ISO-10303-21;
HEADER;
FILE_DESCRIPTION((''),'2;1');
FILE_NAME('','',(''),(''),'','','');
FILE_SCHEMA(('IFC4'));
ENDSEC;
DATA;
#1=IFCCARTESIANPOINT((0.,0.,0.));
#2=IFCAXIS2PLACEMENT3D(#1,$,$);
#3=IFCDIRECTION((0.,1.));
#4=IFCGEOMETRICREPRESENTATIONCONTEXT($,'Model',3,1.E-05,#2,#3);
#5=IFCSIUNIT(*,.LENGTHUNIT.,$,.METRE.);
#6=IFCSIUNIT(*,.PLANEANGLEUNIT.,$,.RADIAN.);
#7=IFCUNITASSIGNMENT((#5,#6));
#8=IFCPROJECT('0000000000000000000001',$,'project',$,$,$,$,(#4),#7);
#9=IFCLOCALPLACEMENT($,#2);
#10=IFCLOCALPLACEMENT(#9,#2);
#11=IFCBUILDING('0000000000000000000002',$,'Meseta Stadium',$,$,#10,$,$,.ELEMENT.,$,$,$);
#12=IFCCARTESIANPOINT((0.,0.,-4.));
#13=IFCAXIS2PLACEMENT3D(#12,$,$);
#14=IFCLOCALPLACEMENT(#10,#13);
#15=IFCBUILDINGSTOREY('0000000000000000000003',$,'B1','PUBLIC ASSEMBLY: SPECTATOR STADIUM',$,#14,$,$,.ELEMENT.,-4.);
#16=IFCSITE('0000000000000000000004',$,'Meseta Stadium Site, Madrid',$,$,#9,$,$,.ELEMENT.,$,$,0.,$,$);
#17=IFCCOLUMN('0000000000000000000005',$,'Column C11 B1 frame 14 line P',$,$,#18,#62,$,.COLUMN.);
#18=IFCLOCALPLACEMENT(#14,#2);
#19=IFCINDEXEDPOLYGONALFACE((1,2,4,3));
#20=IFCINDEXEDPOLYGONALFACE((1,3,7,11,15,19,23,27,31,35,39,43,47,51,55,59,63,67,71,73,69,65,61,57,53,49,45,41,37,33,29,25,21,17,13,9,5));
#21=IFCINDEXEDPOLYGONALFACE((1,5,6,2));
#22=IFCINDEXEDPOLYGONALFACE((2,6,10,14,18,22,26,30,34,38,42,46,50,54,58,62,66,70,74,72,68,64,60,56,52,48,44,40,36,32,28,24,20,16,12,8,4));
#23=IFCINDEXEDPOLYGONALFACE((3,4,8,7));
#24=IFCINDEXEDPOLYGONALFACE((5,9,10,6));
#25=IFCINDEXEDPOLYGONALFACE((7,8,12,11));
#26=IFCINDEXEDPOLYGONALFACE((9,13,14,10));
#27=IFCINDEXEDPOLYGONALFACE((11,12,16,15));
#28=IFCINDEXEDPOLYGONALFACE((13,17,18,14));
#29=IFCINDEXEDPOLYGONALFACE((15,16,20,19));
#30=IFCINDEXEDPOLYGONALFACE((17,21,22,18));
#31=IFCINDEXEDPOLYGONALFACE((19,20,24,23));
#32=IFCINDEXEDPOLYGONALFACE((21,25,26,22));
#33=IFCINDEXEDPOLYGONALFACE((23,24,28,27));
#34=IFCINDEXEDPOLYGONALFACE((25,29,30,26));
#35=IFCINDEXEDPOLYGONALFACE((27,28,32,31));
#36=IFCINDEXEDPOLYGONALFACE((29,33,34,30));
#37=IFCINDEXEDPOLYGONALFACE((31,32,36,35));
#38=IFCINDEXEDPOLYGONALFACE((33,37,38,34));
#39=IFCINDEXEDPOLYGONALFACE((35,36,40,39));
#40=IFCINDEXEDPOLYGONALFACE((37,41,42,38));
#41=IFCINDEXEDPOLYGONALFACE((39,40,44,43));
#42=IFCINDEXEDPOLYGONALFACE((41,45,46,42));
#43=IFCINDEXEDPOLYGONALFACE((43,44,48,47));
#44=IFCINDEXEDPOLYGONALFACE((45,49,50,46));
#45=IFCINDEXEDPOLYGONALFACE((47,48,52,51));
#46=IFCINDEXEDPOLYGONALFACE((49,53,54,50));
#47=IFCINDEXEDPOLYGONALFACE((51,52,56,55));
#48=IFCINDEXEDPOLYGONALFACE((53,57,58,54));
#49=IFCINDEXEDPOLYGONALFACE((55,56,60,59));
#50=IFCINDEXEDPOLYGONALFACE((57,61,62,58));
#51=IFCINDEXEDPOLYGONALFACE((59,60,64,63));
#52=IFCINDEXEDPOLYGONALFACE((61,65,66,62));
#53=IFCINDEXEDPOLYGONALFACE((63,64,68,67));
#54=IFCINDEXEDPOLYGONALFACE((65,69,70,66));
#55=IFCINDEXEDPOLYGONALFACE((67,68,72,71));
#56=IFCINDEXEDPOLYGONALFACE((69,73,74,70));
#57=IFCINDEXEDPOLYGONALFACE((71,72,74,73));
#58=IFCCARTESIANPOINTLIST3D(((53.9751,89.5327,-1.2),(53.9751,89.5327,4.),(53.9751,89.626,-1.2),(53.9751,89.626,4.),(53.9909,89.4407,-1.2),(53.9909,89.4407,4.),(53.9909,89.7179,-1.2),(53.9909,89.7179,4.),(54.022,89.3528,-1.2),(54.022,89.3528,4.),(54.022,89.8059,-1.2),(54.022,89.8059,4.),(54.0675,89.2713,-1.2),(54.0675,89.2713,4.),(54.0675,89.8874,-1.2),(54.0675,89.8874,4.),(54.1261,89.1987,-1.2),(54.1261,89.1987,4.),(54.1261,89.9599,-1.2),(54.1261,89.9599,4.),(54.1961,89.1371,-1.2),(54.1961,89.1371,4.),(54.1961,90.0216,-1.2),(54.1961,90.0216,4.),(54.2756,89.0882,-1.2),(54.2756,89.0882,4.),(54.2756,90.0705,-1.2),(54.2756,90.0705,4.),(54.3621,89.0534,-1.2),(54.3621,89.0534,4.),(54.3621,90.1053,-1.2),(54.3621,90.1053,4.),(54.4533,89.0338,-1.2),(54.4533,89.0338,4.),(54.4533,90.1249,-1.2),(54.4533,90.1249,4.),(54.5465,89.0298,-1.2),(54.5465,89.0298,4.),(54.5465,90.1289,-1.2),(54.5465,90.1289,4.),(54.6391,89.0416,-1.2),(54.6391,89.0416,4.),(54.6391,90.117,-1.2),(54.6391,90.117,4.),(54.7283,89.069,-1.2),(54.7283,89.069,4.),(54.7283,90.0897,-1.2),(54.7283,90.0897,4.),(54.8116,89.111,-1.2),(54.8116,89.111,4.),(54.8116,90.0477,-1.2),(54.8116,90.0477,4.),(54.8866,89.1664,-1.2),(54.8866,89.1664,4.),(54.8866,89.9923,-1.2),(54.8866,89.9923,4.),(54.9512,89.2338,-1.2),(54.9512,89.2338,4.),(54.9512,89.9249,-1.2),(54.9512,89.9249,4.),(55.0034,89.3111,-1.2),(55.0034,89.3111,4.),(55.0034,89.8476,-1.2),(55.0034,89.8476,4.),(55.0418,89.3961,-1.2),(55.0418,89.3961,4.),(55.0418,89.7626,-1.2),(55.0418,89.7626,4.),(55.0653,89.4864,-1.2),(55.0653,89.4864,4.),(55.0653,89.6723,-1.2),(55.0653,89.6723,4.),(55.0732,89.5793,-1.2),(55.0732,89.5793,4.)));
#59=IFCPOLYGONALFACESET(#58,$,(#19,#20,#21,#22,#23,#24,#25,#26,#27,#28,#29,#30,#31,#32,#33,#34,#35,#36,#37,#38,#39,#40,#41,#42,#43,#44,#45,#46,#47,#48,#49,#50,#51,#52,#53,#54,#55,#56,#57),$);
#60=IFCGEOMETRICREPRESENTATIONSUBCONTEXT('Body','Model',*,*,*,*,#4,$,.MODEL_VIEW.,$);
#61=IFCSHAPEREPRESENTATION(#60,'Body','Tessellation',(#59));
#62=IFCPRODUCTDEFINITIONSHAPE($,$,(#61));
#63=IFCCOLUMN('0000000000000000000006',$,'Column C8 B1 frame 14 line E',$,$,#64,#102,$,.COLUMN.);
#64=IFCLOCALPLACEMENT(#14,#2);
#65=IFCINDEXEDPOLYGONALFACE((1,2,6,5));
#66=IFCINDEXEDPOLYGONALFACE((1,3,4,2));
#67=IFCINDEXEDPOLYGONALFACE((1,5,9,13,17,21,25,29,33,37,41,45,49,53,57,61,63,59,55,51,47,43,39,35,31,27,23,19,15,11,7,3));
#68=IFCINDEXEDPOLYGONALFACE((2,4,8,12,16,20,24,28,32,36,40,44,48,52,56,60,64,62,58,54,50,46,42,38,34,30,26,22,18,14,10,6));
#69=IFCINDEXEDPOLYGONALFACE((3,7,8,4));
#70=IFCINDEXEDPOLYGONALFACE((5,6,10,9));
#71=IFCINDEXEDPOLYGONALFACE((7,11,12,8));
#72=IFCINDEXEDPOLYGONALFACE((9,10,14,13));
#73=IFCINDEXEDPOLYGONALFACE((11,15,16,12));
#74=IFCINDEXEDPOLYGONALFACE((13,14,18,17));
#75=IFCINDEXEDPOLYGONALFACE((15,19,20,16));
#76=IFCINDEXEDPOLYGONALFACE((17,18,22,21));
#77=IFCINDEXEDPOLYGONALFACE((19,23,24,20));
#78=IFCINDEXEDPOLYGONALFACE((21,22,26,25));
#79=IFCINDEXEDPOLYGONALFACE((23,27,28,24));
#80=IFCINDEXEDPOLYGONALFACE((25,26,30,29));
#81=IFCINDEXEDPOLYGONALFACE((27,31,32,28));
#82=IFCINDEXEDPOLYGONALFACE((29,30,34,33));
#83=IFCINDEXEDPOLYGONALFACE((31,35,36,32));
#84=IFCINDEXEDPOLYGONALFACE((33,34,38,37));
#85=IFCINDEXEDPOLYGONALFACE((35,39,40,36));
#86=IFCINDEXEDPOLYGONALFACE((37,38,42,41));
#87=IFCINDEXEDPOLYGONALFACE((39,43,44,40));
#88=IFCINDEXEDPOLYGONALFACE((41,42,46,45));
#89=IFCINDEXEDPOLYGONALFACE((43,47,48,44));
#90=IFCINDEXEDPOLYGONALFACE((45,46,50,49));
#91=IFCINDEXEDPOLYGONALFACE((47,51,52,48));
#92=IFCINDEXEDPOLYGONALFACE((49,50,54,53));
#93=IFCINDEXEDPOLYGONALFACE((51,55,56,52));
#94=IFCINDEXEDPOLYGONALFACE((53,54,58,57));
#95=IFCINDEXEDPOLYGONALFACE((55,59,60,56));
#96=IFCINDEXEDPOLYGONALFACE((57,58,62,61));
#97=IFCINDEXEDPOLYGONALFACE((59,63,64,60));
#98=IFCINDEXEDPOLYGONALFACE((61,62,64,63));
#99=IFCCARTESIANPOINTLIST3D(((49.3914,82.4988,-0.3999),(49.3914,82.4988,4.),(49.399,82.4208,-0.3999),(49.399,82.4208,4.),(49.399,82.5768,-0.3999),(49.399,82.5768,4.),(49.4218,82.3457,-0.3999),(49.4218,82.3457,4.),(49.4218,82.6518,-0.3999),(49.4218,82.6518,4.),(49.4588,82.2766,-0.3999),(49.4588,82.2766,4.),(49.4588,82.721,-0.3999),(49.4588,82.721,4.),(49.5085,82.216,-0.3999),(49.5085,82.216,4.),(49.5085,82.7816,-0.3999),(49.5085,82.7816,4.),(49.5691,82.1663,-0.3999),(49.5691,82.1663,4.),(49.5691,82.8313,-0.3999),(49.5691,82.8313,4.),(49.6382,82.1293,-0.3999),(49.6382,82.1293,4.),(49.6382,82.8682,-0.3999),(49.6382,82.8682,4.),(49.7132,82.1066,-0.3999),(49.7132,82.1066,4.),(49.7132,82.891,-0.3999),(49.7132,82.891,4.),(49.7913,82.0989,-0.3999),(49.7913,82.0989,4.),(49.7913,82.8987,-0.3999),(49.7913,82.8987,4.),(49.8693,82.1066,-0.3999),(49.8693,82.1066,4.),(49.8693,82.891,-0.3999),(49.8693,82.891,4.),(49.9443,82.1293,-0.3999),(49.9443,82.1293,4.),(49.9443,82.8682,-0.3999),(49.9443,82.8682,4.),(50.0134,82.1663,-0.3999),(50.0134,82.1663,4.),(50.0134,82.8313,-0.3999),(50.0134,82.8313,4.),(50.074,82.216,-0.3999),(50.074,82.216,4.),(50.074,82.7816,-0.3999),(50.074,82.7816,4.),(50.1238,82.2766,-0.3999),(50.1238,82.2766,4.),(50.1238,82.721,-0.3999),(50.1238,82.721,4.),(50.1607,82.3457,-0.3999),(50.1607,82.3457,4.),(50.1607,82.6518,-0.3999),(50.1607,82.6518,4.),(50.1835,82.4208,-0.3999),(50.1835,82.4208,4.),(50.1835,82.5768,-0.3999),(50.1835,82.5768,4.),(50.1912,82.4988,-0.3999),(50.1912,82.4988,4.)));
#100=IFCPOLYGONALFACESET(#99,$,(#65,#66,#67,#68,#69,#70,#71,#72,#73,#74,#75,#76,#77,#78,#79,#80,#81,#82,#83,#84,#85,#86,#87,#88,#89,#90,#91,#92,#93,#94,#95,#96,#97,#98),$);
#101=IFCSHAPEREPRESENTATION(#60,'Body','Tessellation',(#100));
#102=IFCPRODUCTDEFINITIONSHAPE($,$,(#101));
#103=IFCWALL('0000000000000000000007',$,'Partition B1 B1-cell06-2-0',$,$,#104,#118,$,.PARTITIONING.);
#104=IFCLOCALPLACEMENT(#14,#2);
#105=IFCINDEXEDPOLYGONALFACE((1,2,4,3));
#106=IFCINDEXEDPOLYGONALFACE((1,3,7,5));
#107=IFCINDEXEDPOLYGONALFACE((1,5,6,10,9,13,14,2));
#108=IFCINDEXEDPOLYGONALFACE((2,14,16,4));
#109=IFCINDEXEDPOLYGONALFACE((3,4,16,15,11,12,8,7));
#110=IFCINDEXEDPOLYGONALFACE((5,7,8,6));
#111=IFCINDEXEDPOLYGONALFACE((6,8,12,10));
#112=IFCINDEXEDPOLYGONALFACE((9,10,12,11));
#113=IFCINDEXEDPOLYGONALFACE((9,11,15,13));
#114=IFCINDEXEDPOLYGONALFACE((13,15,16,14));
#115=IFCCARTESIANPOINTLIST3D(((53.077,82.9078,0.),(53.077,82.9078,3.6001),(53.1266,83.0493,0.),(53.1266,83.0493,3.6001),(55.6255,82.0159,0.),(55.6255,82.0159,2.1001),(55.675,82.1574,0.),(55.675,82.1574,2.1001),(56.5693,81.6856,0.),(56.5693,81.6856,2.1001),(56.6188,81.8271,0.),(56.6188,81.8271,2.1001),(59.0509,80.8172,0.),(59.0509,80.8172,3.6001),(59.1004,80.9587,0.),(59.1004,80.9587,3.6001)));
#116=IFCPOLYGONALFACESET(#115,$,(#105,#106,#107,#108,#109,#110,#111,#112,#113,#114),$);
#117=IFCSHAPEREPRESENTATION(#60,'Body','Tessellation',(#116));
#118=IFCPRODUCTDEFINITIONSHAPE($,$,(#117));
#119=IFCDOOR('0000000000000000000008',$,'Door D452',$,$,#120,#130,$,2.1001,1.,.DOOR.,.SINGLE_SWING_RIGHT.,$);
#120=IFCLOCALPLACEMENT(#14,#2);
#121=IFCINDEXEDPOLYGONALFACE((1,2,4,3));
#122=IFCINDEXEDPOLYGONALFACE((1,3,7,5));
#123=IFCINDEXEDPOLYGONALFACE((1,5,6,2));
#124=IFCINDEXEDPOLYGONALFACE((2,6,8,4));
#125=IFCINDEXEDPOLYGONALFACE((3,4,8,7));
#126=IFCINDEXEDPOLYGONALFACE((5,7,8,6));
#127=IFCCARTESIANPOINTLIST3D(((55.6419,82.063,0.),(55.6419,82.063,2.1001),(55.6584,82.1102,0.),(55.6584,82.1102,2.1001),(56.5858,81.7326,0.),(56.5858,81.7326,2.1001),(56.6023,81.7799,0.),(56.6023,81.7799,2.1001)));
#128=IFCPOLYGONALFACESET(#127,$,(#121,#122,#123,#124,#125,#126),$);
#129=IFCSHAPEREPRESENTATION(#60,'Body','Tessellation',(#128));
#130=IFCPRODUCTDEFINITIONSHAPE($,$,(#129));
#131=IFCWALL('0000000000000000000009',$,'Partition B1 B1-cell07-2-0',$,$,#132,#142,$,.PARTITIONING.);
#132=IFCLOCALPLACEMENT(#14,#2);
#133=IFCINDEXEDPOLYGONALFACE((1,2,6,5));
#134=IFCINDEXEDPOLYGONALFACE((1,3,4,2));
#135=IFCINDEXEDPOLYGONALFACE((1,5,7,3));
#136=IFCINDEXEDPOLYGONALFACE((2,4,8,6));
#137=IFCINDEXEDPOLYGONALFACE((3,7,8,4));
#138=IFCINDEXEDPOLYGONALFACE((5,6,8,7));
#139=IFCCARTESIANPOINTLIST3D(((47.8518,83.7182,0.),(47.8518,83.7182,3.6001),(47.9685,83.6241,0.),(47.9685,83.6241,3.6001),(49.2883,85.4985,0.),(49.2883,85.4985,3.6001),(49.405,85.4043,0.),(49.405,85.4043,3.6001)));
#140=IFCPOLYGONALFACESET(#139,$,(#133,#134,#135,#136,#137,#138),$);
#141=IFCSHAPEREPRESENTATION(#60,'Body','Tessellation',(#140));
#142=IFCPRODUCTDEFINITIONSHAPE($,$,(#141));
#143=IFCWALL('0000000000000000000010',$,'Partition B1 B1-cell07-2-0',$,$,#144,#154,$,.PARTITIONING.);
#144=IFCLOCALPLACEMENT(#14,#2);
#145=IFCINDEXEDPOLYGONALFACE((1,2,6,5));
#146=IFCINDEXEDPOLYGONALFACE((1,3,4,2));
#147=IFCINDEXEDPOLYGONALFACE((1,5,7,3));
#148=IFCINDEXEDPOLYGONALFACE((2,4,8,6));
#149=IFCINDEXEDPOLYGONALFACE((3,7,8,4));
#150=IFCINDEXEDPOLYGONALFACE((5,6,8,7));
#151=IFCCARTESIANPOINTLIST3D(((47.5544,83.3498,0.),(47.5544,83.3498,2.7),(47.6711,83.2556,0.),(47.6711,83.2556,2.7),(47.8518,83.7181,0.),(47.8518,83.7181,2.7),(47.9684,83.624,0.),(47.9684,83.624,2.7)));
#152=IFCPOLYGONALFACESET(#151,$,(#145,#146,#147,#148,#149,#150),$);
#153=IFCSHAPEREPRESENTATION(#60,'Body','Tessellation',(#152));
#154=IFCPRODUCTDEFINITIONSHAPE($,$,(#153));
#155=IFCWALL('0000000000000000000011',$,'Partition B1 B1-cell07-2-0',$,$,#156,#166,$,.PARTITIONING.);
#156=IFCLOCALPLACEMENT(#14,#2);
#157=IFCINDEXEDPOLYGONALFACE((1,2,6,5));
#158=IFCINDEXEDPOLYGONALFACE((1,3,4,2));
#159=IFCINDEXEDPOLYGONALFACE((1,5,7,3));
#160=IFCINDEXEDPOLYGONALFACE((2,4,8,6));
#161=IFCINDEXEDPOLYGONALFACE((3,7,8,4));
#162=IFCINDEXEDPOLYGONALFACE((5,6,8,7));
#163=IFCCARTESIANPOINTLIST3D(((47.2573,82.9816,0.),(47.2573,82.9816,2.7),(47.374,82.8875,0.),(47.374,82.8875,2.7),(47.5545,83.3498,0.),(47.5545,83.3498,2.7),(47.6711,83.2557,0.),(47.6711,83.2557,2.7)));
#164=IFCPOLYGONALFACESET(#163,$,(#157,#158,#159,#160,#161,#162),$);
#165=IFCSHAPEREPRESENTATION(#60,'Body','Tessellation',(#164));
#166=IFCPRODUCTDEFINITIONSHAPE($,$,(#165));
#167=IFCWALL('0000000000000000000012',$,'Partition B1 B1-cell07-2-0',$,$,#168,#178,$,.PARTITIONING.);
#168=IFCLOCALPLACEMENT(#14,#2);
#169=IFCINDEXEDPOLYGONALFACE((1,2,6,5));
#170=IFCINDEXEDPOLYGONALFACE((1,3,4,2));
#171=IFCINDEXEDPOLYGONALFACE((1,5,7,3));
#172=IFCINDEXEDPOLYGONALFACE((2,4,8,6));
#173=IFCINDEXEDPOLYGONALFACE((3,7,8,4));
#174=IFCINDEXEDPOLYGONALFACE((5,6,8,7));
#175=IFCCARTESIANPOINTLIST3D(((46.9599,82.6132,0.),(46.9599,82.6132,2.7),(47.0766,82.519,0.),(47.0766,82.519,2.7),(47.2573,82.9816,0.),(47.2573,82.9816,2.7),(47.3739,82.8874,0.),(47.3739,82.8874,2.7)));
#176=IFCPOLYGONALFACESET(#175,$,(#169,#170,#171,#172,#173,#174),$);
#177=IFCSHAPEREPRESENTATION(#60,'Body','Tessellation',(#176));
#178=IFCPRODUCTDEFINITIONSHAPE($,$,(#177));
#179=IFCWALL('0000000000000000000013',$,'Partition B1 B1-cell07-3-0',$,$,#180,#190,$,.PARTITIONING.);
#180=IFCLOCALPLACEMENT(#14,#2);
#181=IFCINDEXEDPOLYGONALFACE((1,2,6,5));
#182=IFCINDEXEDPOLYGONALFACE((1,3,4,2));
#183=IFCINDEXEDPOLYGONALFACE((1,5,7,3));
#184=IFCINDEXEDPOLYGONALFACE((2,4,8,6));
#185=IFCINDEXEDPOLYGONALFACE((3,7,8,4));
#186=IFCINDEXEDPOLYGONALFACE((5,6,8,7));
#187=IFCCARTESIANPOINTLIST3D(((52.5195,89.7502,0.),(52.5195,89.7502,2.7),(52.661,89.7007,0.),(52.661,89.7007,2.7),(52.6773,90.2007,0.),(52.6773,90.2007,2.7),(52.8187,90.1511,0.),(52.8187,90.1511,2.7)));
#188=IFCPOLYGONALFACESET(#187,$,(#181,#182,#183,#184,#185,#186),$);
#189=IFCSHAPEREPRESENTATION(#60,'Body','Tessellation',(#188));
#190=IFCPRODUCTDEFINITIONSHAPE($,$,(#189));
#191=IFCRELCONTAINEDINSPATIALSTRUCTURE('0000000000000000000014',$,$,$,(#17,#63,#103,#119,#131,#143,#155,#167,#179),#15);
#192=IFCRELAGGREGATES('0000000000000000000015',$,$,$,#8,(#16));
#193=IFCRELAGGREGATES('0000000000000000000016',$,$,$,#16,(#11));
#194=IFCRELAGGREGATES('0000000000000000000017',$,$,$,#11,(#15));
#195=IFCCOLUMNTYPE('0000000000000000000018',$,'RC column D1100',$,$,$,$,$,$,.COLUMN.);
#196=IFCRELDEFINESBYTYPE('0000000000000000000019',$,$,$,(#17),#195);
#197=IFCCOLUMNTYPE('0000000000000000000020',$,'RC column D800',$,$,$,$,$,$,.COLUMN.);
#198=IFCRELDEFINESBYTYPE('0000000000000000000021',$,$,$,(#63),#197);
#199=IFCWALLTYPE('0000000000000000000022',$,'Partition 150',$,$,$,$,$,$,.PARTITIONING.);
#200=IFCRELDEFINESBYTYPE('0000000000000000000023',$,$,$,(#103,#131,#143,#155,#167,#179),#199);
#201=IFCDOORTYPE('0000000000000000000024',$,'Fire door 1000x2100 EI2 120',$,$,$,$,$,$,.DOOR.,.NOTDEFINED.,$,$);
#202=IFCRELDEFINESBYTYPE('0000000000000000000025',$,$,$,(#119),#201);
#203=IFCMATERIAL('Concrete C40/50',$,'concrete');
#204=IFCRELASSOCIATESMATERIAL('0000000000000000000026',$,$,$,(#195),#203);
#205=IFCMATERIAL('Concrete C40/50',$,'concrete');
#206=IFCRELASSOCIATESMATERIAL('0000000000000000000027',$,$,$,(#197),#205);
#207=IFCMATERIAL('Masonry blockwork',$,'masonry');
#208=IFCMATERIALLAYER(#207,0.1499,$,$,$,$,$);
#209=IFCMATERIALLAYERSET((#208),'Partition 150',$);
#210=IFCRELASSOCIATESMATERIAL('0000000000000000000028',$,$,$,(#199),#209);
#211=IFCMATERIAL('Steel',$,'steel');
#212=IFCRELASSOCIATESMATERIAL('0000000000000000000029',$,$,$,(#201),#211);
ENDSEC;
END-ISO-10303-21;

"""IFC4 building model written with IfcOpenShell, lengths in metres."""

from ifc_helpers import new_model, si_unit, direction, frame, frame_2d, origin, origin_2d, place, context, subcontext, project, spatial, rectangle, circle, extrude, material, layer, layer_set, material_profile, profile_set, type_object, element, fill, save


model = new_model("IFC4")

# Units and contexts
model_context = context("Model", 3, precision=1e-05, world=origin(), true_north=direction((0.0, 1.0)))
body_context = subcontext(model_context, "Body", "Model", "MODEL_VIEW")
ifc_project = project(units=[si_unit("LENGTHUNIT", "METRE"), si_unit("PLANEANGLEUNIT", "RADIAN")], contexts=[model_context])

# Site, building, storey
site_placement = place(None, origin())
site = spatial("IfcSite", under=ifc_project, at=site_placement, Name="Meseta Stadium Site, Madrid", CompositionType="ELEMENT", RefElevation=0.0)
building_placement = place(site_placement, origin())
building = spatial("IfcBuilding", under=site, at=building_placement, Name="Meseta Stadium", CompositionType="ELEMENT")
storey_placement = place(building_placement, frame((0.0, 0.0, -4.0)))
storey = spatial("IfcBuildingStorey", under=building, at=storey_placement, Name="B1", Description="PUBLIC ASSEMBLY: SPECTATOR STADIUM", CompositionType="ELEMENT", Elevation=-4.0)

# Columns
ifc_material_1 = material(Name="Concrete C40/50", Category="concrete")
ifc_material_profile_1 = material_profile(ifc_material_1, circle(Radius=0.55, at=origin_2d()), Name="RC D1100")
ifc_profile_set_1 = profile_set([ifc_material_profile_1], Name="Concrete C40/50")
column_type_1 = type_object("IfcColumnType", Name="RC column D1100", PredefinedType="COLUMN", material=ifc_profile_set_1)
column_1_placement = place(storey_placement, frame((54.5232, 89.5793, -1.2), z_axis=(0.0, 0.0, 1.0), x_axis=(1.0, 0.0, 0.0)))
element("IfcColumn", 1, at=column_1_placement, inside=storey, type_object=column_type_1, Name="Column C11 B1 frame 14 line P", PredefinedType="COLUMN", context=body_context, shape_type="SweptSolid", body=[
    extrude(circle(Radius=0.55, at=origin_2d()), origin(), (0.0, 0.0, 1.0), 5.2),
])
ifc_material_2 = material(Name="Concrete C40/50", Category="concrete")
ifc_material_profile_2 = material_profile(ifc_material_2, circle(Radius=0.3999, at=origin_2d()), Name="RC D800")
ifc_profile_set_2 = profile_set([ifc_material_profile_2], Name="Concrete C40/50")
column_type_2 = type_object("IfcColumnType", Name="RC column D800", PredefinedType="COLUMN", material=ifc_profile_set_2)
column_2_placement = place(storey_placement, frame((49.7913, 82.4988, -0.3999), z_axis=(0.0, 0.0, 1.0), x_axis=(1.0, 0.0, 0.0)))
element("IfcColumn", 2, at=column_2_placement, inside=storey, type_object=column_type_2, Name="Column C8 B1 frame 14 line E", PredefinedType="COLUMN", context=body_context, shape_type="SweptSolid", body=[
    extrude(circle(Radius=0.3999, at=origin_2d()), origin(), (0.0, 0.0, 1.0), 4.3999),
])

# Wall, opening, door
ifc_material_3 = material(Name="Masonry blockwork", Category="masonry")
ifc_layer = layer(ifc_material_3, 0.1499)
ifc_layer_set = layer_set([ifc_layer], Name="Partition 150")
wall_type = type_object("IfcWallType", Name="Partition 150", PredefinedType="PARTITIONING", material=ifc_layer_set)
wall_1_placement = place(storey_placement, frame((53.1018, 82.9785, 0.0), z_axis=(0.0, 0.0, 1.0), x_axis=(0.943872, -0.330311, 0.0)))
wall_1 = element("IfcWall", 3, at=wall_1_placement, inside=storey, type_object=wall_type, Name="Partition B1 B1-cell06-2-0", PredefinedType="PARTITIONING", context=body_context, shape_type="SweptSolid", body=[
    extrude(rectangle(XDim=6.3291, YDim=0.1499, at=frame_2d((3.1646, 0.0))), origin(), (0.0, 0.0, 1.0), 3.6001),
])
opening_1_placement = place(wall_1_placement, frame((2.7, 0.0, 0.0)))
opening_1 = element("IfcOpeningElement", 4, at=opening_1_placement, cuts=wall_1, PredefinedType="OPENING", context=body_context, shape_type="SweptSolid", body=[
    extrude(rectangle(XDim=1.0, YDim=2.1001, at=frame_2d((0.5, 1.05))), frame((0.0, 0.085, 0.0), z_axis=(0.0, -1.0, 0.0), x_axis=(1.0, 0.0, 0.0)), (0.0, 0.0, 1.0), 0.1699),
])
ifc_material_4 = material(Name="Steel", Category="steel")
door_type_1 = type_object("IfcDoorType", Name="Fire door 1000x2100 EI2 120", OperationType="NOTDEFINED", PredefinedType="DOOR", material=ifc_material_4)
door_1_placement = place(opening_1_placement, origin())
door_1 = element("IfcDoor", 5, at=door_1_placement, inside=storey, type_object=door_type_1, Name="Door D452", OperationType="SINGLE_SWING_RIGHT", OverallHeight=2.1001, OverallWidth=1.0, PredefinedType="DOOR", context=body_context, shape_type="SweptSolid", body=[
    extrude(rectangle(XDim=1.0, YDim=2.1001, at=frame_2d((0.5, 1.05))), frame((0.0, 0.0249, 0.0), z_axis=(0.0, -1.0, 0.0), x_axis=(1.0, 0.0, 0.0)), (0.0, 0.0, 1.0), 0.05),
])
fill(opening_1, door_1)

# Walls
wall_2_placement = place(storey_placement, frame((49.3467, 85.4514, 0.0), z_axis=(0.0, 0.0, 1.0), x_axis=(-0.627969, -0.778238, 0.0)))
element("IfcWall", 6, at=wall_2_placement, inside=storey, type_object=wall_type, Name="Partition B1 B1-cell07-2-0", PredefinedType="PARTITIONING", context=body_context, shape_type="SweptSolid", body=[
    extrude(rectangle(XDim=2.2876, YDim=0.1499, at=frame_2d((1.1438, 0.0))), origin(), (0.0, 0.0, 1.0), 3.6001),
])
wall_3_placement = place(storey_placement, frame((47.9102, 83.6711, 0.0), z_axis=(0.0, 0.0, 1.0), x_axis=(-0.628085, -0.778145, 0.0)))
element("IfcWall", 7, at=wall_3_placement, inside=storey, type_object=wall_type, Name="Partition B1 B1-cell07-2-0", PredefinedType="PARTITIONING", context=body_context, shape_type="SweptSolid", body=[
    extrude(rectangle(XDim=0.4734, YDim=0.1499, at=frame_2d((0.2368, 0.0))), origin(), (0.0, 0.0, 1.0), 2.7),
])
wall_4_placement = place(storey_placement, frame((47.6128, 83.3027, 0.0), z_axis=(0.0, 0.0, 1.0), x_axis=(-0.628025, -0.778193, 0.0)))
element("IfcWall", 8, at=wall_4_placement, inside=storey, type_object=wall_type, Name="Partition B1 B1-cell07-2-0", PredefinedType="PARTITIONING", context=body_context, shape_type="SweptSolid", body=[
    extrude(rectangle(XDim=0.4731, YDim=0.1499, at=frame_2d((0.2366, 0.0))), origin(), (0.0, 0.0, 1.0), 2.7),
])
wall_5_placement = place(storey_placement, frame((47.3157, 82.9346, 0.0), z_axis=(0.0, 0.0, 1.0), x_axis=(-0.628085, -0.778145, 0.0)))
element("IfcWall", 9, at=wall_5_placement, inside=storey, type_object=wall_type, Name="Partition B1 B1-cell07-2-0", PredefinedType="PARTITIONING", context=body_context, shape_type="SweptSolid", body=[
    extrude(rectangle(XDim=0.4734, YDim=0.1499, at=frame_2d((0.2368, 0.0))), origin(), (0.0, 0.0, 1.0), 2.7),
])
wall_6_placement = place(storey_placement, frame((52.748, 90.176, 0.0), z_axis=(0.0, 0.0, 1.0), x_axis=(-0.330464, -0.943818, 0.0)))
element("IfcWall", 10, at=wall_6_placement, inside=storey, type_object=wall_type, Name="Partition B1 B1-cell07-3-0", PredefinedType="PARTITIONING", context=body_context, shape_type="SweptSolid", body=[
    extrude(rectangle(XDim=0.4773, YDim=0.1499, at=frame_2d((0.2388, 0.0))), origin(), (0.0, 0.0, 1.0), 2.7),
])

save(model, "model.ifc")
